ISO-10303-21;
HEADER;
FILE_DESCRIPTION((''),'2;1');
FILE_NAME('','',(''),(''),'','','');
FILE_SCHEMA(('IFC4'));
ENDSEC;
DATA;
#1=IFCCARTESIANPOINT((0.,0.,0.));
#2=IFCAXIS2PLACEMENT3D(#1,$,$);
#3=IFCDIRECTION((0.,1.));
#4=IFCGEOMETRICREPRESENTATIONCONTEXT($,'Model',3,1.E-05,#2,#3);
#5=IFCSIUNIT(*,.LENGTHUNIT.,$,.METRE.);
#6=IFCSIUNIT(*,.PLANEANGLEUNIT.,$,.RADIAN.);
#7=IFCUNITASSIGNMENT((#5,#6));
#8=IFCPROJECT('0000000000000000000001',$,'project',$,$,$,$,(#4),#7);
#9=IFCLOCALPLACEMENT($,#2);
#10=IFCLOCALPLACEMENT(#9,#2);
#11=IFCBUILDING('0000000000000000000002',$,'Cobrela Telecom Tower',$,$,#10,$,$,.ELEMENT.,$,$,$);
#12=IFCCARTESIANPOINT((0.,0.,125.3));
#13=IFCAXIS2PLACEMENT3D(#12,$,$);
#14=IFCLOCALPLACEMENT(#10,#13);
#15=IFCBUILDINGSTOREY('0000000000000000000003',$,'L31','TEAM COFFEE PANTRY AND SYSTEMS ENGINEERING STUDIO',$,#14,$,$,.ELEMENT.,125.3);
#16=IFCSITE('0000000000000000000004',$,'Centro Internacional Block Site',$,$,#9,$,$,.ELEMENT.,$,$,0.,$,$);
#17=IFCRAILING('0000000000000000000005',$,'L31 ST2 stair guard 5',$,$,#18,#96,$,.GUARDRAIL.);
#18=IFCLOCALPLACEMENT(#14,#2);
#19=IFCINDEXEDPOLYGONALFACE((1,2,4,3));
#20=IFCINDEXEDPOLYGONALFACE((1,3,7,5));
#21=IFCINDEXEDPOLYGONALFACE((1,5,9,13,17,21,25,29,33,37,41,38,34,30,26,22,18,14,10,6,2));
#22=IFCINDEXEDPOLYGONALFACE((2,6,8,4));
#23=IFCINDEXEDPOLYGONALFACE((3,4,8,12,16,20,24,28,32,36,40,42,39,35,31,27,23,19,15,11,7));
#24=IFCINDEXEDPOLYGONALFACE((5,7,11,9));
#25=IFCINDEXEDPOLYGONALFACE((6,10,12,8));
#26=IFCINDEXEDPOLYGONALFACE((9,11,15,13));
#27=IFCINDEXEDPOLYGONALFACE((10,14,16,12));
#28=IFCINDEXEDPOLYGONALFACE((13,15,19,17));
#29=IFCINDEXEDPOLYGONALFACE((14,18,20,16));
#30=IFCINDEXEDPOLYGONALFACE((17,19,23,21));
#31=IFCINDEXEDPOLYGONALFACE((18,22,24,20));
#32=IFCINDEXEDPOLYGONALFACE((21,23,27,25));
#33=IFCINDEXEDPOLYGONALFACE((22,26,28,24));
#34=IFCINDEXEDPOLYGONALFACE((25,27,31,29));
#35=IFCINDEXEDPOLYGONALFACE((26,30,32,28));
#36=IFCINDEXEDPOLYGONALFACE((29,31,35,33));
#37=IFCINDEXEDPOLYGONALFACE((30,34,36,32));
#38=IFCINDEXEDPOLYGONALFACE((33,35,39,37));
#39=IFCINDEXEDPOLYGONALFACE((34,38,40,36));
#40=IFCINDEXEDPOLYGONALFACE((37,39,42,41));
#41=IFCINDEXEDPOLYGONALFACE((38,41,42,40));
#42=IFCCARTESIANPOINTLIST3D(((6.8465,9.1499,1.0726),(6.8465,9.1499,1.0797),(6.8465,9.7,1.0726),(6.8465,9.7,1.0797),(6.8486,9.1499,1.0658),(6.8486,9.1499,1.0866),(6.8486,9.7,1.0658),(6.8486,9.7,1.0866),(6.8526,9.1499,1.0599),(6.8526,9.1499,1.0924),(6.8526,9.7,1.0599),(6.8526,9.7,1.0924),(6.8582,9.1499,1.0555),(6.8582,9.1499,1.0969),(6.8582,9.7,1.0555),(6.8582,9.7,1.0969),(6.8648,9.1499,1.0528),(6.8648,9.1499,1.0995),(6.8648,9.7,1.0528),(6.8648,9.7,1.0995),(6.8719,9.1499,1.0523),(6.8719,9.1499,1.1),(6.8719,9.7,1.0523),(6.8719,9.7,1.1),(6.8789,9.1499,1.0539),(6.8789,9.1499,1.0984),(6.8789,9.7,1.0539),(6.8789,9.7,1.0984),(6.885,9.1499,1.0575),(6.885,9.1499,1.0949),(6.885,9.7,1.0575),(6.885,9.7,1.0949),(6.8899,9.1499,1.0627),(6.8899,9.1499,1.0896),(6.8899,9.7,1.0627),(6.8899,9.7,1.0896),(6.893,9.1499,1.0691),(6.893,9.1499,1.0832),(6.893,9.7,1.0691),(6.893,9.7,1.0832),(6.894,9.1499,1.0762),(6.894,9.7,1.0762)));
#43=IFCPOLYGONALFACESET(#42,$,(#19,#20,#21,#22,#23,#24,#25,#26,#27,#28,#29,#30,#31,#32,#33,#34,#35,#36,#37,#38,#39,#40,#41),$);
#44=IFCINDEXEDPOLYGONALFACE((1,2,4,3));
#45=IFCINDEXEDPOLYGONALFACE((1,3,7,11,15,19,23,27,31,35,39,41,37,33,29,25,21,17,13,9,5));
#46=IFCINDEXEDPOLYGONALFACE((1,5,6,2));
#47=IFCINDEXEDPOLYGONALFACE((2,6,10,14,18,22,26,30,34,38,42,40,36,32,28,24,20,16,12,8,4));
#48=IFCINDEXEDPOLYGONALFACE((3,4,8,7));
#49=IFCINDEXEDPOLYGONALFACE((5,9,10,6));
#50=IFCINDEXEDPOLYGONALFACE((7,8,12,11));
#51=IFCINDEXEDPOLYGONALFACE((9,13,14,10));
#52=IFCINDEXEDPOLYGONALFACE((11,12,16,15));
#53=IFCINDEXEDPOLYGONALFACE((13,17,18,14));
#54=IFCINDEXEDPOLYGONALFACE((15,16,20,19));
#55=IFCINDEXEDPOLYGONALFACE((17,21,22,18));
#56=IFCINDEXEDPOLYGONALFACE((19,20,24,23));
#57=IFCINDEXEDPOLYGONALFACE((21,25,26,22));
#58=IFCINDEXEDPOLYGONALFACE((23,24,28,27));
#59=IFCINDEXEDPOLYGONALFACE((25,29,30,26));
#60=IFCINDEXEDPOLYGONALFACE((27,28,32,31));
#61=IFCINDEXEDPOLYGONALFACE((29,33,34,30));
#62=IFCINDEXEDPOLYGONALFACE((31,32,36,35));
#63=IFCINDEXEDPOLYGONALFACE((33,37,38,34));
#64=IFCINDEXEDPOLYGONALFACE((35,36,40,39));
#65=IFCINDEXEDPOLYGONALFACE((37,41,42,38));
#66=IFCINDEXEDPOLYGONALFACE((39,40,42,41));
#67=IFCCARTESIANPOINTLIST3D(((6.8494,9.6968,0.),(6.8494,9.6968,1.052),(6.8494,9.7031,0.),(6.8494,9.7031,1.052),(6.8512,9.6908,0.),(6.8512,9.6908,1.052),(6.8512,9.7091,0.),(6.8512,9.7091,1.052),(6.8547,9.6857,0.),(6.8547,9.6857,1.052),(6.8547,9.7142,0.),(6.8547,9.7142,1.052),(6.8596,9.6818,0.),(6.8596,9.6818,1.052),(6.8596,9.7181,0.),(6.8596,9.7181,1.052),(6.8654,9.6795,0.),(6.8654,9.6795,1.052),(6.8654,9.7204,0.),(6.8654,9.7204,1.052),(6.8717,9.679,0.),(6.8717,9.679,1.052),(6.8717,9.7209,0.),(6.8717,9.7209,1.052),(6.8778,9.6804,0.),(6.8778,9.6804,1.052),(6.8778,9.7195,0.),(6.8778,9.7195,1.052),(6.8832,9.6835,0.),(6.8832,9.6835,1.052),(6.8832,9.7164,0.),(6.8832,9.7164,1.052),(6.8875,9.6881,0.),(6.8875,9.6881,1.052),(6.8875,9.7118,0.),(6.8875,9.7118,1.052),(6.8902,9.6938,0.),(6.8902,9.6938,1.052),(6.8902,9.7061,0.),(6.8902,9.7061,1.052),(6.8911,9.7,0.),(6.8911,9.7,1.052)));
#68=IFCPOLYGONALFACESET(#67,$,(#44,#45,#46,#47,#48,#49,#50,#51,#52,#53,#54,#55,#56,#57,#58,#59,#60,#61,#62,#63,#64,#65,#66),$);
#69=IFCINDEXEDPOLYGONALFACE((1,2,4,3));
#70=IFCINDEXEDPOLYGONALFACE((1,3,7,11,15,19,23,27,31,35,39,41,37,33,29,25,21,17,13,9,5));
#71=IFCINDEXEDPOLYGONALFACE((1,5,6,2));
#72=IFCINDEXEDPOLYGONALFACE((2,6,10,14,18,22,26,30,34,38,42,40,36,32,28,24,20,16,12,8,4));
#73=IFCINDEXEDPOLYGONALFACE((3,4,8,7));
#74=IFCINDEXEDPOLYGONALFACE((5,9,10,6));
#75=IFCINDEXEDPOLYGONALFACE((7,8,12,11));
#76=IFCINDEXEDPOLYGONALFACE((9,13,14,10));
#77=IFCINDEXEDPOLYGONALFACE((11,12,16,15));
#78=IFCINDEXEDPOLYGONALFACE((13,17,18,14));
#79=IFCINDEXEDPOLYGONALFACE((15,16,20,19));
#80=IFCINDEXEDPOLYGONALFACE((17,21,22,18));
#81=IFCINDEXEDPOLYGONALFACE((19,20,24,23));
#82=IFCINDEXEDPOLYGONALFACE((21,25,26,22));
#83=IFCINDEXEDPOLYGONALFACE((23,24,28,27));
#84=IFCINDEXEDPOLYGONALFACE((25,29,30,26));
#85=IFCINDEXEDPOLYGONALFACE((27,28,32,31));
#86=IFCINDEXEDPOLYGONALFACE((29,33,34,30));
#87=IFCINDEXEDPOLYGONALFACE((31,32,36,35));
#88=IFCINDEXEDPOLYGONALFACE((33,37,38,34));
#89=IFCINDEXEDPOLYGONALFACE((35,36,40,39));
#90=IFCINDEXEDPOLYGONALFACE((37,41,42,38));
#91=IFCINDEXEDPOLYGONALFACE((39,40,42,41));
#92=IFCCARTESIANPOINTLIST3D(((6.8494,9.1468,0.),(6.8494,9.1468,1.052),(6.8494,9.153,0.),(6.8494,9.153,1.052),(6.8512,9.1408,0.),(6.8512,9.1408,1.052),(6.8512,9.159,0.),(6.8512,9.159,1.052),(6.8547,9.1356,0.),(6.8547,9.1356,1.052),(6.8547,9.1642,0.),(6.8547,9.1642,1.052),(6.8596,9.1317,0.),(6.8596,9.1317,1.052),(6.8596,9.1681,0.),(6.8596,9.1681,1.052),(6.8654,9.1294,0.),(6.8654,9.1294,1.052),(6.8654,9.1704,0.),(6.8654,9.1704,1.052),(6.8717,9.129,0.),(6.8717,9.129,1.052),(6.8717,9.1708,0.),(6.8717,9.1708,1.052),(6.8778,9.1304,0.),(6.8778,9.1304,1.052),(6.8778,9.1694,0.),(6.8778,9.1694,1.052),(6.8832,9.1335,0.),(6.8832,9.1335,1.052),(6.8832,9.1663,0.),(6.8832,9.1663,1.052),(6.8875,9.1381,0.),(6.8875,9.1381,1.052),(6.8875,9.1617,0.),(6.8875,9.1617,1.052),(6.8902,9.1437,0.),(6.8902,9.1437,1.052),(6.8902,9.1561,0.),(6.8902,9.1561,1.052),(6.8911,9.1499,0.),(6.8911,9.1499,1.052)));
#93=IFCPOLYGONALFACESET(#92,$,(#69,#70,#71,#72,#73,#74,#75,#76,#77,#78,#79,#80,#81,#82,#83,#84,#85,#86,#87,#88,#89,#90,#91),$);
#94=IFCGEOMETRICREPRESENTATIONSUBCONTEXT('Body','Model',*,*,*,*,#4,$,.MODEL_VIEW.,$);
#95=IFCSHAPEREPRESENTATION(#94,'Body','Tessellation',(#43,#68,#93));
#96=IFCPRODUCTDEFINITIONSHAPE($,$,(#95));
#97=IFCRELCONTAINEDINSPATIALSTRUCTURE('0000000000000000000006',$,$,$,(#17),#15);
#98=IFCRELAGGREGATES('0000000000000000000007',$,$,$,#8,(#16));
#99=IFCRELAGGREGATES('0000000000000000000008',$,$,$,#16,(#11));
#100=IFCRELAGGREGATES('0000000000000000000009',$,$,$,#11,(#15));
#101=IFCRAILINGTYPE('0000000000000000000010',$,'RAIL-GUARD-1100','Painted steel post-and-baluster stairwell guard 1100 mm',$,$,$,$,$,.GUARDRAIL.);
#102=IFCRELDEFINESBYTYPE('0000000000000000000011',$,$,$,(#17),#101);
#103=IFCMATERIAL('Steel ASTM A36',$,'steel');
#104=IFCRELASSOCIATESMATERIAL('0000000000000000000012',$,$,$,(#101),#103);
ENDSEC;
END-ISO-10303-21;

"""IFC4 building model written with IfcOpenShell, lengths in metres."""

from ifc_helpers import new_model, si_unit, direction, frame, origin, origin_2d, place, context, subcontext, project, spatial, circle, extrude, material, type_object, element, save


model = new_model("IFC4")

# Units and contexts
model_context = context("Model", 3, precision=1e-05, world=origin(), true_north=direction((0.0, 1.0)))
body_context = subcontext(model_context, "Body", "Model", "MODEL_VIEW")
ifc_project = project(units=[si_unit("LENGTHUNIT", "METRE"), si_unit("PLANEANGLEUNIT", "RADIAN")], contexts=[model_context])

# Site, building, storey
site_placement = place(None, origin())
site = spatial("IfcSite", under=ifc_project, at=site_placement, Name="Centro Internacional Block Site", CompositionType="ELEMENT", RefElevation=0.0)
building_placement = place(site_placement, origin())
building = spatial("IfcBuilding", under=site, at=building_placement, Name="Cobrela Telecom Tower", CompositionType="ELEMENT")
storey_placement = place(building_placement, frame((0.0, 0.0, 125.3)))
storey = spatial("IfcBuildingStorey", under=building, at=storey_placement, Name="L31", Description="TEAM COFFEE PANTRY AND SYSTEMS ENGINEERING STUDIO", CompositionType="ELEMENT", Elevation=125.3)

# Shared definitions
ifc_material_1 = material(Name="Steel ASTM A36", Category="steel")

# Railing
railing_type_1 = type_object("IfcRailingType", Name="RAIL-GUARD-1100", Description="Painted steel post-and-baluster stairwell guard 1100 mm", PredefinedType="GUARDRAIL", material=ifc_material_1)
railing_1_placement = place(storey_placement, frame((6.8701, 9.7, 0.0)))
element("IfcRailing", 1, at=railing_1_placement, inside=storey, type_object=railing_type_1, Name="L31 ST2 stair guard 5", PredefinedType="GUARDRAIL", context=body_context, shape_type="SweptSolid", body=[
    extrude(circle(Radius=0.0239, at=origin_2d()), frame((0.0, 0.0, 1.0762), z_axis=(0.0, -1.0, 0.0), x_axis=(1.0, 0.0, 0.0)), (0.0, 0.0, 1.0), 0.55),
    extrude(circle(Radius=0.021, at=origin_2d()), origin(), (0.0, 0.0, 1.0), 1.052),
    extrude(circle(Radius=0.021, at=origin_2d()), frame((0.0, -0.55, 0.0)), (0.0, 0.0, 1.0), 1.052),
])

save(model, "model.ifc")
